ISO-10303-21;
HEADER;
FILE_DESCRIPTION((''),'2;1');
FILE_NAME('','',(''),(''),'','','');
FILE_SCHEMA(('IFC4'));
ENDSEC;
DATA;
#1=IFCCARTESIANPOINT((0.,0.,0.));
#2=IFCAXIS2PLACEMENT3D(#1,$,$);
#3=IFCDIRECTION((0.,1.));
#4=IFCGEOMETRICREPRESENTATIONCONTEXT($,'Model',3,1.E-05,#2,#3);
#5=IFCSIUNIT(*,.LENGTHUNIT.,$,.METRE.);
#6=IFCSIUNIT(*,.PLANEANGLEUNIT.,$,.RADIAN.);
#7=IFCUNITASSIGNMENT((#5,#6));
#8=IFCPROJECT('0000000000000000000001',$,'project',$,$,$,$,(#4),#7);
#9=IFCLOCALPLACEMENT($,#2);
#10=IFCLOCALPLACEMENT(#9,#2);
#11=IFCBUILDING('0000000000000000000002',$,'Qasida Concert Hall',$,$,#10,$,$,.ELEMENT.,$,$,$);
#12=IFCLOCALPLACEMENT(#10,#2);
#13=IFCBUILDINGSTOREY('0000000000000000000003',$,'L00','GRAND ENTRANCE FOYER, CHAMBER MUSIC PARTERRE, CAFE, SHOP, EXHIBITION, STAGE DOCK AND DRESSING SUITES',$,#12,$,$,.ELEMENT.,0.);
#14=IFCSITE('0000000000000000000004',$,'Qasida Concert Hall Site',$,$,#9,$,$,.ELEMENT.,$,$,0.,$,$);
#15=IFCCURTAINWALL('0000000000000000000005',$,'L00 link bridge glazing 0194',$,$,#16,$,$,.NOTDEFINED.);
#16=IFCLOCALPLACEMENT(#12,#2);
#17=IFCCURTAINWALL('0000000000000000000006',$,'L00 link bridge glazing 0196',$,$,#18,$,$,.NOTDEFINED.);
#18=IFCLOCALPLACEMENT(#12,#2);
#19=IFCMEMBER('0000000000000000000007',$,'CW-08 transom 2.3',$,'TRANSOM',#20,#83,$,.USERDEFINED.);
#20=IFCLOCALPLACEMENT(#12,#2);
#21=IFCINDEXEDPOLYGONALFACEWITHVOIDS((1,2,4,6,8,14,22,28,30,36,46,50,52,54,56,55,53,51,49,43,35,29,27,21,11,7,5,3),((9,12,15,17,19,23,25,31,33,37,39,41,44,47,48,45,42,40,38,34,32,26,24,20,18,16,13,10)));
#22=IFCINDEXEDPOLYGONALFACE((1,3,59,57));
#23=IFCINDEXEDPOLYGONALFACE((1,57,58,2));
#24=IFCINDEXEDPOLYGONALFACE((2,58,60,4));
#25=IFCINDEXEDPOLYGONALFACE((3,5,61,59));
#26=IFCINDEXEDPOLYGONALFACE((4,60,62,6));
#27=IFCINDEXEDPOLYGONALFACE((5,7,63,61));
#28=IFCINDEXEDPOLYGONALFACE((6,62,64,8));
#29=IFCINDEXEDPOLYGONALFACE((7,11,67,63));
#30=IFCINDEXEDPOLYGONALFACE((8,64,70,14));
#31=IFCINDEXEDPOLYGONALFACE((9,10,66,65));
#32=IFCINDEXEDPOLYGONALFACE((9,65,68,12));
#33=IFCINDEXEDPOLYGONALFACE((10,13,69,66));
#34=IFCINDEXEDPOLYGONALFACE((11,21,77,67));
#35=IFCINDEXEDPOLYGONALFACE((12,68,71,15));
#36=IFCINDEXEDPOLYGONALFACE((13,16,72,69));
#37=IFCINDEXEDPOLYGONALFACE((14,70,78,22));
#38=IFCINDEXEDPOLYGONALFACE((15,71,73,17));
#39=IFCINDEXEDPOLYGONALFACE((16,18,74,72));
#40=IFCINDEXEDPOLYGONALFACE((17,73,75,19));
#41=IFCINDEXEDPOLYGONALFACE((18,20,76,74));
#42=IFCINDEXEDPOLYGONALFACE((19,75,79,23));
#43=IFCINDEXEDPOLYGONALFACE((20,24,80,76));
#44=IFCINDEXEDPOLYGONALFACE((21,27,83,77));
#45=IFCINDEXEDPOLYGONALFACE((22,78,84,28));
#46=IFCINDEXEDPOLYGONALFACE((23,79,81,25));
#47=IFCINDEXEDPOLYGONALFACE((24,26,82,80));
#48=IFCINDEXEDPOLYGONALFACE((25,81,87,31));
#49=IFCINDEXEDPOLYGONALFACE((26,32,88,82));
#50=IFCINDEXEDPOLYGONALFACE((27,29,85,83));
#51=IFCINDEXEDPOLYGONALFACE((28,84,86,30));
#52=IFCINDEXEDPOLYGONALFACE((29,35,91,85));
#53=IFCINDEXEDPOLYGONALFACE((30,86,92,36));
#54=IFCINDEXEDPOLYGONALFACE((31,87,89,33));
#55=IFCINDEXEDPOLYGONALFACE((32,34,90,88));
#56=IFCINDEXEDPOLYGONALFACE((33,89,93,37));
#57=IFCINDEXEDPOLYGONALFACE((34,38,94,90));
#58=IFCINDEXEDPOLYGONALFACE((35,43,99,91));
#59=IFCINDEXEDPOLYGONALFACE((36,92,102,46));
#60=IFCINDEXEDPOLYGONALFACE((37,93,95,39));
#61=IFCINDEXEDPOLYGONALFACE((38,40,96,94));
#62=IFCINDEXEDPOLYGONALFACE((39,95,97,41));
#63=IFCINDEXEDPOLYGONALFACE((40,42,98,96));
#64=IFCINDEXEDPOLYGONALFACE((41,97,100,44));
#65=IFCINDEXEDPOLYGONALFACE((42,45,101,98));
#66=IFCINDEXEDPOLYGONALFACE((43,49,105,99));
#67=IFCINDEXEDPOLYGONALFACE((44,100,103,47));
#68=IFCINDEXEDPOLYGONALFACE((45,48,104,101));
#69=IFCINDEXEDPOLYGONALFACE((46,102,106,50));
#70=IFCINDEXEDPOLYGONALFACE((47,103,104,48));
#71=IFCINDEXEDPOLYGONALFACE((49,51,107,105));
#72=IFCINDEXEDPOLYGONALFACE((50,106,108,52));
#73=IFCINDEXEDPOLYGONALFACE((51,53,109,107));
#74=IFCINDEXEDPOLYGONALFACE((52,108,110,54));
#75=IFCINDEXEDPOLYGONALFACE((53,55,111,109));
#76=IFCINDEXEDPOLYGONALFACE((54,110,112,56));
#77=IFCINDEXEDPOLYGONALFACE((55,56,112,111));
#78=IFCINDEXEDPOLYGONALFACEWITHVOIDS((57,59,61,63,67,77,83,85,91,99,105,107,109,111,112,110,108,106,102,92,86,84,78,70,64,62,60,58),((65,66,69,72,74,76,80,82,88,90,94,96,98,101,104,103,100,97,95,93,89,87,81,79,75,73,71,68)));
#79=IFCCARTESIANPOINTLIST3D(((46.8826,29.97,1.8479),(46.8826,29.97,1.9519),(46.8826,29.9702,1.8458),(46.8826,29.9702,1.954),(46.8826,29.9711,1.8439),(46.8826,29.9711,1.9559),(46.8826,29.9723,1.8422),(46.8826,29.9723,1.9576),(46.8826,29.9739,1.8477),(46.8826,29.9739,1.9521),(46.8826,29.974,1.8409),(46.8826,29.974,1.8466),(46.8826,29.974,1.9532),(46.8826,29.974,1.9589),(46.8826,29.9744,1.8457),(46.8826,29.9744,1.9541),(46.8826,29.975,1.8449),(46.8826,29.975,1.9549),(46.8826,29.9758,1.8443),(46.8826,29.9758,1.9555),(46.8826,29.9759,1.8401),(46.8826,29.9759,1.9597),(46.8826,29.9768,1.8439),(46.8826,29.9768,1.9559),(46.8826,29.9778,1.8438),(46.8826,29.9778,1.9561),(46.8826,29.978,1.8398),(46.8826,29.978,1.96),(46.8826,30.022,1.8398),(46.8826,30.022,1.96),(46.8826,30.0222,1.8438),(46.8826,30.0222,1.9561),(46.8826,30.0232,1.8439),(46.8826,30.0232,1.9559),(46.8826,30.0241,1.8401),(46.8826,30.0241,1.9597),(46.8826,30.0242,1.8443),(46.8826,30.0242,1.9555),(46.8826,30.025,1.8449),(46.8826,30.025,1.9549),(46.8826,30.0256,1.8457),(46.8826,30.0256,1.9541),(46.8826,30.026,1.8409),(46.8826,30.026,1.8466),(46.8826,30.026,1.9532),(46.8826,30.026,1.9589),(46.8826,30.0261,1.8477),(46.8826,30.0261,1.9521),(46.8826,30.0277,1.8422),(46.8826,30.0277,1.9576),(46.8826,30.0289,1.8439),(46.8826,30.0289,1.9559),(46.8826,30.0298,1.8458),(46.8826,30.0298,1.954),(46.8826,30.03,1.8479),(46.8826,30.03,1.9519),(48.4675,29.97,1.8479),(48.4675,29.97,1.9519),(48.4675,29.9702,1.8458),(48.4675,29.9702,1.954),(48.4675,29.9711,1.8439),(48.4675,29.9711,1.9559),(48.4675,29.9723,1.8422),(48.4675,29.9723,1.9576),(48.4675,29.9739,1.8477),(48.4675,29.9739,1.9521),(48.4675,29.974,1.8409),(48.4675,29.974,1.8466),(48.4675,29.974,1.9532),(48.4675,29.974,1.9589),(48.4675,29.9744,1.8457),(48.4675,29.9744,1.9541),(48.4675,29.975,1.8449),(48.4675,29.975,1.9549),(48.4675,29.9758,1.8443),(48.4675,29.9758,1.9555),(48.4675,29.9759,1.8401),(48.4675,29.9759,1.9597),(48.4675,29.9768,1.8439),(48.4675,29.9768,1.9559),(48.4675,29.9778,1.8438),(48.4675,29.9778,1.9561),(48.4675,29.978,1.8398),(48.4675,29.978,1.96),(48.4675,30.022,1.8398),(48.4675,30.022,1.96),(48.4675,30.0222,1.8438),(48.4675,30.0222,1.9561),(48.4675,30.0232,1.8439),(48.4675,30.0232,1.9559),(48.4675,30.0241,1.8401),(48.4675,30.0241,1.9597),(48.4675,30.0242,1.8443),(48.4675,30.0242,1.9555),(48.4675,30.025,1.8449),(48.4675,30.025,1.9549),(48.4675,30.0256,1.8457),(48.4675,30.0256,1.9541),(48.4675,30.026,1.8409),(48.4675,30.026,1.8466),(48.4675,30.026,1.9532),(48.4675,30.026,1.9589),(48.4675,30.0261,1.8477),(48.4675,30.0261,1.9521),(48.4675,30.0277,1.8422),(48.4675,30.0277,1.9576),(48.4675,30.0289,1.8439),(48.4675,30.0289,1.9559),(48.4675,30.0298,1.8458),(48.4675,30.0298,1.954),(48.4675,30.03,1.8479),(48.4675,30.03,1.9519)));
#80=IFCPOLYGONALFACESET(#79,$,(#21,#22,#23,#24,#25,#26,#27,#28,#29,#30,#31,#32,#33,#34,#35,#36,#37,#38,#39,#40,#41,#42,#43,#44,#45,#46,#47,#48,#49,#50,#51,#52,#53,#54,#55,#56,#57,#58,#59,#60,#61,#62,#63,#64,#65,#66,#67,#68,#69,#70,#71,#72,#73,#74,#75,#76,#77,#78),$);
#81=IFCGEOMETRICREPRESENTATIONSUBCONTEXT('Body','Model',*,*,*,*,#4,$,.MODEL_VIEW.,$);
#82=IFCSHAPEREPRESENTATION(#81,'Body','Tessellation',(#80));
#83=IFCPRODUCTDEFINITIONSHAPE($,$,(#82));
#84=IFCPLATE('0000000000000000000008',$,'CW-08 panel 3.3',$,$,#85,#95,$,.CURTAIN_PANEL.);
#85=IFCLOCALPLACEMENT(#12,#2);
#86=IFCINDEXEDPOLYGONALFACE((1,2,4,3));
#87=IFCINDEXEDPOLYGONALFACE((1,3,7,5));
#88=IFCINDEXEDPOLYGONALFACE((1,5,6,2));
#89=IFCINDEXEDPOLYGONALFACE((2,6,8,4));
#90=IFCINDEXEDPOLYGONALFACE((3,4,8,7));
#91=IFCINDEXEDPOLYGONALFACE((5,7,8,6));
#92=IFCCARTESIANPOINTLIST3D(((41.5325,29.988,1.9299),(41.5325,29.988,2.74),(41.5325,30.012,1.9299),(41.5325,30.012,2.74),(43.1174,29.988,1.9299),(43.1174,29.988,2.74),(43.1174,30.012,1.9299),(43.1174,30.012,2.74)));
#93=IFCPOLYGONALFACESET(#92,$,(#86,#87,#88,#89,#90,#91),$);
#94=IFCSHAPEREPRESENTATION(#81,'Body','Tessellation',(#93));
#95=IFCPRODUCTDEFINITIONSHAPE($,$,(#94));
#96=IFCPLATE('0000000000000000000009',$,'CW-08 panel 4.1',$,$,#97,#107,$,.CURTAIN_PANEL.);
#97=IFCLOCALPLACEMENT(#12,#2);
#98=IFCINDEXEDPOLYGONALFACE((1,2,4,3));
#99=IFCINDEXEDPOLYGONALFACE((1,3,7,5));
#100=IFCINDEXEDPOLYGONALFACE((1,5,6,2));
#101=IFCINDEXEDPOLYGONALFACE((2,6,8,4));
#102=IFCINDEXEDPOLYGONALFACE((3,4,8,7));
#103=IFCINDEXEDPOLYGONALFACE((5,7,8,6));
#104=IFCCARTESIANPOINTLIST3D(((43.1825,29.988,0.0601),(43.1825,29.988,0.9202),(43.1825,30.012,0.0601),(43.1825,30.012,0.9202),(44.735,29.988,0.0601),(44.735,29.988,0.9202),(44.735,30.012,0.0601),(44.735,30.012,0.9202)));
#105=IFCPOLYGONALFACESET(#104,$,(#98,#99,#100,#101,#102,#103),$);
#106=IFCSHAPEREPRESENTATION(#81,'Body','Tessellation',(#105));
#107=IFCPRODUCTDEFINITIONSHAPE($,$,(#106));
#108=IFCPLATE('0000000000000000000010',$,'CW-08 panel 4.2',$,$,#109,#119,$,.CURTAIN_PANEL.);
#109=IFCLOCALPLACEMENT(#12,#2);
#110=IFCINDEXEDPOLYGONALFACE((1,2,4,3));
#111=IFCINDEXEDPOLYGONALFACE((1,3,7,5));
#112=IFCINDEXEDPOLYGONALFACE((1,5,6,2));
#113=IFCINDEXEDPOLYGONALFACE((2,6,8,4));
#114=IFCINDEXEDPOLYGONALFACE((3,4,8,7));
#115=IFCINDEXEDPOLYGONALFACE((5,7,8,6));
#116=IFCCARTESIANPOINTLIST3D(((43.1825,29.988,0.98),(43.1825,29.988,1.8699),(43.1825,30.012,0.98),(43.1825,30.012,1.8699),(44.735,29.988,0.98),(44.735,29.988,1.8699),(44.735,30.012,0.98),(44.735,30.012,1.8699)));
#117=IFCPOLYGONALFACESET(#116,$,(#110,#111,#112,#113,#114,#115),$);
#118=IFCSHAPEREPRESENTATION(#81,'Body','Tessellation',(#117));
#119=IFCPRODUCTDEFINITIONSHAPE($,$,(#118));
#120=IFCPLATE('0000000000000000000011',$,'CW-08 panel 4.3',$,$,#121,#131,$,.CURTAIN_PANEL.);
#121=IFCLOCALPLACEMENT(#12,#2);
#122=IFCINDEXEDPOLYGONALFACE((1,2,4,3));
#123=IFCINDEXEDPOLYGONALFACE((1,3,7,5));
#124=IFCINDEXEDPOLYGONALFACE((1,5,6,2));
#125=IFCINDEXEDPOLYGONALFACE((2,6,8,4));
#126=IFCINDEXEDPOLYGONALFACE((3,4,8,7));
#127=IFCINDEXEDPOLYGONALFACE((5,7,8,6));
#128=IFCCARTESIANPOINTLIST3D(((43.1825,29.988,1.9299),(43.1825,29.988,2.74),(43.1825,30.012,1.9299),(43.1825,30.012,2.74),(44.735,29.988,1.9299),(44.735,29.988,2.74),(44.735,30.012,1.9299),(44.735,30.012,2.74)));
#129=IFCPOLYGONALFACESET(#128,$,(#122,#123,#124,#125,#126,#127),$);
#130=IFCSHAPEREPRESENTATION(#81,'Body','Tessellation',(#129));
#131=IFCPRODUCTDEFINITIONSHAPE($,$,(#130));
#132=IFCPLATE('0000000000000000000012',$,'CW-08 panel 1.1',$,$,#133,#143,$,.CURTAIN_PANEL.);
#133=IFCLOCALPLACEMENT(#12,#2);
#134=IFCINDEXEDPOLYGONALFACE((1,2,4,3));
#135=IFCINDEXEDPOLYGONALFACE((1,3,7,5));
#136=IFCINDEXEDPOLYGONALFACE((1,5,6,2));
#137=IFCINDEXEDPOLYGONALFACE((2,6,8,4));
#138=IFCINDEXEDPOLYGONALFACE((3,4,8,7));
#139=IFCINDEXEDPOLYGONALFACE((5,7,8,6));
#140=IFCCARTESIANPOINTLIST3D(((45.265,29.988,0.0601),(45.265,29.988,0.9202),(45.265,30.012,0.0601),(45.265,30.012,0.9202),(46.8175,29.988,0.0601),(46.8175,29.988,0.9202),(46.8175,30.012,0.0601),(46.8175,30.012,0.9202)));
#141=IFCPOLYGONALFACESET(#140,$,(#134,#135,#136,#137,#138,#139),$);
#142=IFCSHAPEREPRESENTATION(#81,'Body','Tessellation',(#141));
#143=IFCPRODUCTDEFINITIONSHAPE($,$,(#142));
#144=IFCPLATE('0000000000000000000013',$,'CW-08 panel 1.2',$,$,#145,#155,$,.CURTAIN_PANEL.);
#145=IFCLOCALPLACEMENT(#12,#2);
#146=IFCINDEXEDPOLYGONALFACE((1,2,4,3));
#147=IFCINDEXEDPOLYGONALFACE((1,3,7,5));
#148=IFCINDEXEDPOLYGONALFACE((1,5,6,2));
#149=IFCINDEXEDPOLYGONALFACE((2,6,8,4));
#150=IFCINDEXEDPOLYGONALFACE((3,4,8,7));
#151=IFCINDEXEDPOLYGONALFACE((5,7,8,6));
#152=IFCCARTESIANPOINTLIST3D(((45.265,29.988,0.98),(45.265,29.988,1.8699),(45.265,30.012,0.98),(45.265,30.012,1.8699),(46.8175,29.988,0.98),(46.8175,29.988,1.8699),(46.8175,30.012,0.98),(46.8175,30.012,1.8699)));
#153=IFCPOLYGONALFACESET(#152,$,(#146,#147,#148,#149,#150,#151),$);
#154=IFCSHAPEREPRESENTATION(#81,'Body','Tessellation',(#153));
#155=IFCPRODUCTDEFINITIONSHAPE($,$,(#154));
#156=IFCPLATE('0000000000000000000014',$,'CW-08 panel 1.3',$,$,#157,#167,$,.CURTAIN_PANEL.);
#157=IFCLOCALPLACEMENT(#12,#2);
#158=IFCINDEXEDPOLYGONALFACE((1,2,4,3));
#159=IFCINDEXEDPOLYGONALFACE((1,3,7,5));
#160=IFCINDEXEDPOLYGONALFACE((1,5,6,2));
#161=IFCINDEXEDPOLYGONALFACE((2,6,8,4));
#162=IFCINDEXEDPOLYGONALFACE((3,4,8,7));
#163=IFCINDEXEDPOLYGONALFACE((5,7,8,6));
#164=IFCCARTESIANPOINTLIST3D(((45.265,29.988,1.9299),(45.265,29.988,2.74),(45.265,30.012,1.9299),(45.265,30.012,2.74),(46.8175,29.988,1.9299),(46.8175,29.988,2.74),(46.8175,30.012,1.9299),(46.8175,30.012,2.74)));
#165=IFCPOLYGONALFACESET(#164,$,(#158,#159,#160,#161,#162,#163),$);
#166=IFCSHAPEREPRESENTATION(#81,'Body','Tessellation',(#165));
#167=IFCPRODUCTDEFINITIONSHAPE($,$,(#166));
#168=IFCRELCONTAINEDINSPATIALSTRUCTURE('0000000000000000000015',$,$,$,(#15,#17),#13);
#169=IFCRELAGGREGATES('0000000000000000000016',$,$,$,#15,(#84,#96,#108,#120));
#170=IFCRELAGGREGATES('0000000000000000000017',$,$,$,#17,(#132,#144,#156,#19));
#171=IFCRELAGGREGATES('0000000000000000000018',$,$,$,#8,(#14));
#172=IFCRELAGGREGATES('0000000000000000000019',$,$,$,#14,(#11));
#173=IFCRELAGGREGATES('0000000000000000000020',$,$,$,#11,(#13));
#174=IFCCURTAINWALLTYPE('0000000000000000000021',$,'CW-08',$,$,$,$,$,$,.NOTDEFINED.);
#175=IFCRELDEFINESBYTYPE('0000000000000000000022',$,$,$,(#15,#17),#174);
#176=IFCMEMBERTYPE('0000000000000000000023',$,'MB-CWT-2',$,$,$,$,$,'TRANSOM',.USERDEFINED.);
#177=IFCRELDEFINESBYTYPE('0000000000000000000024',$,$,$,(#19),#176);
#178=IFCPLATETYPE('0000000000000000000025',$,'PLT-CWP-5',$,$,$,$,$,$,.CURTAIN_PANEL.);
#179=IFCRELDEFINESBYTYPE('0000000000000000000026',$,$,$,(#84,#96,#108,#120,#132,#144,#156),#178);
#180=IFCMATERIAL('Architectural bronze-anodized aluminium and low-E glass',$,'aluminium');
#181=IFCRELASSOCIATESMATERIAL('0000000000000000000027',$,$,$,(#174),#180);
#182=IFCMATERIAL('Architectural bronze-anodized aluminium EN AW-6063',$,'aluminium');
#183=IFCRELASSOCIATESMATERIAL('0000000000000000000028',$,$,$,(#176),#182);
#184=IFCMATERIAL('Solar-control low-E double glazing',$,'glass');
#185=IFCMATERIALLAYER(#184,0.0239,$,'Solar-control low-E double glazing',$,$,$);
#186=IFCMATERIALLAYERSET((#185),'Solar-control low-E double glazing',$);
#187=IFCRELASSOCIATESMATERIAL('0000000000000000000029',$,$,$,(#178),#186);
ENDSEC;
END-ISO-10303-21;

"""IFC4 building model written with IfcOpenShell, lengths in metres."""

from ifc_helpers import new_model, si_unit, direction, frame, origin, origin_2d, place, context, subcontext, project, spatial, rectangle, hollow_rectangle, extrude, material, layer, layer_set, material_profile, profile_set, type_object, element, aggregate, save


model = new_model("IFC4")

# Units and contexts
model_context = context("Model", 3, precision=1e-05, world=origin(), true_north=direction((0.0, 1.0)))
body_context = subcontext(model_context, "Body", "Model", "MODEL_VIEW")
ifc_project = project(units=[si_unit("LENGTHUNIT", "METRE"), si_unit("PLANEANGLEUNIT", "RADIAN")], contexts=[model_context])

# Site, building, storey
site_placement = place(None, origin())
site = spatial("IfcSite", under=ifc_project, at=site_placement, Name="Qasida Concert Hall Site", CompositionType="ELEMENT", RefElevation=0.0)
building_placement = place(site_placement, origin())
building = spatial("IfcBuilding", under=site, at=building_placement, Name="Qasida Concert Hall", CompositionType="ELEMENT")
storey_placement = place(building_placement, origin())
storey = spatial("IfcBuildingStorey", under=building, at=storey_placement, Name="L00", Description="GRAND ENTRANCE FOYER, CHAMBER MUSIC PARTERRE, CAFE, SHOP, EXHIBITION, STAGE DOCK AND DRESSING SUITES", CompositionType="ELEMENT", Elevation=0.0)

# Curtain walls
ifc_material_1 = material(Name="Architectural bronze-anodized aluminium and low-E glass", Category="aluminium")
curtain_wall_type = type_object("IfcCurtainWallType", Name="CW-08", PredefinedType="NOTDEFINED", material=ifc_material_1)
curtain_wall_1_placement = place(storey_placement, origin())
curtain_wall_1 = element("IfcCurtainWall", 1, at=curtain_wall_1_placement, inside=storey, type_object=curtain_wall_type, Name="L00 link bridge glazing 0194", PredefinedType="NOTDEFINED")
ifc_material_2 = material(Name="Architectural bronze-anodized aluminium EN AW-6063", Category="aluminium")
curtain_wall_2_placement = place(storey_placement, origin())
curtain_wall_2 = element("IfcCurtainWall", 2, at=curtain_wall_2_placement, inside=storey, type_object=curtain_wall_type, Name="L00 link bridge glazing 0196", PredefinedType="NOTDEFINED")

# Member
ifc_material_profile_1 = material_profile(ifc_material_2, hollow_rectangle(XDim=0.0601, YDim=0.1201, WallThickness=0.0039, InnerFilletRadius=0.0039, OuterFilletRadius=0.0081, at=origin_2d()), Name="CWT 120x60x4")
ifc_profile_set_1 = profile_set([ifc_material_profile_1], Name="Architectural bronze-anodized aluminium EN AW-6063")
member_type_1 = type_object("IfcMemberType", Name="MB-CWT-2", ElementType="TRANSOM", PredefinedType="USERDEFINED", material=ifc_profile_set_1)
member_1_placement = place(storey_placement, frame((46.8826, 30.0, 1.8999), z_axis=(1.0, 0.0, 0.0), x_axis=(0.0, 1.0, 0.0)))
member_1 = element("IfcMember", 3, at=member_1_placement, type_object=member_type_1, Name="CW-08 transom 2.3", ObjectType="TRANSOM", PredefinedType="USERDEFINED", context=body_context, shape_type="SweptSolid", body=[
    extrude(hollow_rectangle(XDim=0.0601, YDim=0.1201, WallThickness=0.0039, InnerFilletRadius=0.0039, OuterFilletRadius=0.0081, at=origin_2d()), origin(), (0.0, 0.0, 1.0), 1.585),
])

# Plates
ifc_material_3 = material(Name="Solar-control low-E double glazing", Category="glass")
ifc_layer = layer(ifc_material_3, 0.0239, Name="Solar-control low-E double glazing")
ifc_layer_set = layer_set([ifc_layer], Name="Solar-control low-E double glazing")
plate_type = type_object("IfcPlateType", Name="PLT-CWP-5", PredefinedType="CURTAIN_PANEL", material=ifc_layer_set)
plate_1_placement = place(storey_placement, frame((42.325, 30.0, 1.9299), z_axis=(0.0, 0.0, 1.0), x_axis=(1.0, 0.0, 0.0)))
plate_1 = element("IfcPlate", 4, at=plate_1_placement, type_object=plate_type, Name="CW-08 panel 3.3", PredefinedType="CURTAIN_PANEL", context=body_context, shape_type="SweptSolid", body=[
    extrude(rectangle(XDim=1.585, YDim=0.0239, at=origin_2d()), origin(), (0.0, 0.0, 1.0), 0.8101),
])
plate_2_placement = place(storey_placement, frame((43.9587, 30.0, 0.0601), z_axis=(0.0, 0.0, 1.0), x_axis=(1.0, 0.0, 0.0)))
plate_2 = element("IfcPlate", 5, at=plate_2_placement, type_object=plate_type, Name="CW-08 panel 4.1", PredefinedType="CURTAIN_PANEL", context=body_context, shape_type="SweptSolid", body=[
    extrude(rectangle(XDim=1.5525, YDim=0.0239, at=origin_2d()), origin(), (0.0, 0.0, 1.0), 0.8601),
])
plate_3_placement = place(storey_placement, frame((43.9587, 30.0, 0.98), z_axis=(0.0, 0.0, 1.0), x_axis=(1.0, 0.0, 0.0)))
plate_3 = element("IfcPlate", 6, at=plate_3_placement, type_object=plate_type, Name="CW-08 panel 4.2", PredefinedType="CURTAIN_PANEL", context=body_context, shape_type="SweptSolid", body=[
    extrude(rectangle(XDim=1.5525, YDim=0.0239, at=origin_2d()), origin(), (0.0, 0.0, 1.0), 0.8899),
])
plate_4_placement = place(storey_placement, frame((43.9587, 30.0, 1.9299), z_axis=(0.0, 0.0, 1.0), x_axis=(1.0, 0.0, 0.0)))
plate_4 = element("IfcPlate", 7, at=plate_4_placement, type_object=plate_type, Name="CW-08 panel 4.3", PredefinedType="CURTAIN_PANEL", context=body_context, shape_type="SweptSolid", body=[
    extrude(rectangle(XDim=1.5525, YDim=0.0239, at=origin_2d()), origin(), (0.0, 0.0, 1.0), 0.8101),
])
aggregate(curtain_wall_1, [plate_1, plate_2, plate_3, plate_4])
plate_5_placement = place(storey_placement, frame((46.0413, 30.0, 0.0601), z_axis=(0.0, 0.0, 1.0), x_axis=(1.0, 0.0, 0.0)))
plate_5 = element("IfcPlate", 8, at=plate_5_placement, type_object=plate_type, Name="CW-08 panel 1.1", PredefinedType="CURTAIN_PANEL", context=body_context, shape_type="SweptSolid", body=[
    extrude(rectangle(XDim=1.5525, YDim=0.0239, at=origin_2d()), origin(), (0.0, 0.0, 1.0), 0.8601),
])
plate_6_placement = place(storey_placement, frame((46.0413, 30.0, 0.98), z_axis=(0.0, 0.0, 1.0), x_axis=(1.0, 0.0, 0.0)))
plate_6 = element("IfcPlate", 9, at=plate_6_placement, type_object=plate_type, Name="CW-08 panel 1.2", PredefinedType="CURTAIN_PANEL", context=body_context, shape_type="SweptSolid", body=[
    extrude(rectangle(XDim=1.5525, YDim=0.0239, at=origin_2d()), origin(), (0.0, 0.0, 1.0), 0.8899),
])
plate_7_placement = place(storey_placement, frame((46.0413, 30.0, 1.9299), z_axis=(0.0, 0.0, 1.0), x_axis=(1.0, 0.0, 0.0)))
plate_7 = element("IfcPlate", 10, at=plate_7_placement, type_object=plate_type, Name="CW-08 panel 1.3", PredefinedType="CURTAIN_PANEL", context=body_context, shape_type="SweptSolid", body=[
    extrude(rectangle(XDim=1.5525, YDim=0.0239, at=origin_2d()), origin(), (0.0, 0.0, 1.0), 0.8101),
])
aggregate(curtain_wall_2, [plate_5, plate_6, plate_7, member_1])

save(model, "model.ifc")
